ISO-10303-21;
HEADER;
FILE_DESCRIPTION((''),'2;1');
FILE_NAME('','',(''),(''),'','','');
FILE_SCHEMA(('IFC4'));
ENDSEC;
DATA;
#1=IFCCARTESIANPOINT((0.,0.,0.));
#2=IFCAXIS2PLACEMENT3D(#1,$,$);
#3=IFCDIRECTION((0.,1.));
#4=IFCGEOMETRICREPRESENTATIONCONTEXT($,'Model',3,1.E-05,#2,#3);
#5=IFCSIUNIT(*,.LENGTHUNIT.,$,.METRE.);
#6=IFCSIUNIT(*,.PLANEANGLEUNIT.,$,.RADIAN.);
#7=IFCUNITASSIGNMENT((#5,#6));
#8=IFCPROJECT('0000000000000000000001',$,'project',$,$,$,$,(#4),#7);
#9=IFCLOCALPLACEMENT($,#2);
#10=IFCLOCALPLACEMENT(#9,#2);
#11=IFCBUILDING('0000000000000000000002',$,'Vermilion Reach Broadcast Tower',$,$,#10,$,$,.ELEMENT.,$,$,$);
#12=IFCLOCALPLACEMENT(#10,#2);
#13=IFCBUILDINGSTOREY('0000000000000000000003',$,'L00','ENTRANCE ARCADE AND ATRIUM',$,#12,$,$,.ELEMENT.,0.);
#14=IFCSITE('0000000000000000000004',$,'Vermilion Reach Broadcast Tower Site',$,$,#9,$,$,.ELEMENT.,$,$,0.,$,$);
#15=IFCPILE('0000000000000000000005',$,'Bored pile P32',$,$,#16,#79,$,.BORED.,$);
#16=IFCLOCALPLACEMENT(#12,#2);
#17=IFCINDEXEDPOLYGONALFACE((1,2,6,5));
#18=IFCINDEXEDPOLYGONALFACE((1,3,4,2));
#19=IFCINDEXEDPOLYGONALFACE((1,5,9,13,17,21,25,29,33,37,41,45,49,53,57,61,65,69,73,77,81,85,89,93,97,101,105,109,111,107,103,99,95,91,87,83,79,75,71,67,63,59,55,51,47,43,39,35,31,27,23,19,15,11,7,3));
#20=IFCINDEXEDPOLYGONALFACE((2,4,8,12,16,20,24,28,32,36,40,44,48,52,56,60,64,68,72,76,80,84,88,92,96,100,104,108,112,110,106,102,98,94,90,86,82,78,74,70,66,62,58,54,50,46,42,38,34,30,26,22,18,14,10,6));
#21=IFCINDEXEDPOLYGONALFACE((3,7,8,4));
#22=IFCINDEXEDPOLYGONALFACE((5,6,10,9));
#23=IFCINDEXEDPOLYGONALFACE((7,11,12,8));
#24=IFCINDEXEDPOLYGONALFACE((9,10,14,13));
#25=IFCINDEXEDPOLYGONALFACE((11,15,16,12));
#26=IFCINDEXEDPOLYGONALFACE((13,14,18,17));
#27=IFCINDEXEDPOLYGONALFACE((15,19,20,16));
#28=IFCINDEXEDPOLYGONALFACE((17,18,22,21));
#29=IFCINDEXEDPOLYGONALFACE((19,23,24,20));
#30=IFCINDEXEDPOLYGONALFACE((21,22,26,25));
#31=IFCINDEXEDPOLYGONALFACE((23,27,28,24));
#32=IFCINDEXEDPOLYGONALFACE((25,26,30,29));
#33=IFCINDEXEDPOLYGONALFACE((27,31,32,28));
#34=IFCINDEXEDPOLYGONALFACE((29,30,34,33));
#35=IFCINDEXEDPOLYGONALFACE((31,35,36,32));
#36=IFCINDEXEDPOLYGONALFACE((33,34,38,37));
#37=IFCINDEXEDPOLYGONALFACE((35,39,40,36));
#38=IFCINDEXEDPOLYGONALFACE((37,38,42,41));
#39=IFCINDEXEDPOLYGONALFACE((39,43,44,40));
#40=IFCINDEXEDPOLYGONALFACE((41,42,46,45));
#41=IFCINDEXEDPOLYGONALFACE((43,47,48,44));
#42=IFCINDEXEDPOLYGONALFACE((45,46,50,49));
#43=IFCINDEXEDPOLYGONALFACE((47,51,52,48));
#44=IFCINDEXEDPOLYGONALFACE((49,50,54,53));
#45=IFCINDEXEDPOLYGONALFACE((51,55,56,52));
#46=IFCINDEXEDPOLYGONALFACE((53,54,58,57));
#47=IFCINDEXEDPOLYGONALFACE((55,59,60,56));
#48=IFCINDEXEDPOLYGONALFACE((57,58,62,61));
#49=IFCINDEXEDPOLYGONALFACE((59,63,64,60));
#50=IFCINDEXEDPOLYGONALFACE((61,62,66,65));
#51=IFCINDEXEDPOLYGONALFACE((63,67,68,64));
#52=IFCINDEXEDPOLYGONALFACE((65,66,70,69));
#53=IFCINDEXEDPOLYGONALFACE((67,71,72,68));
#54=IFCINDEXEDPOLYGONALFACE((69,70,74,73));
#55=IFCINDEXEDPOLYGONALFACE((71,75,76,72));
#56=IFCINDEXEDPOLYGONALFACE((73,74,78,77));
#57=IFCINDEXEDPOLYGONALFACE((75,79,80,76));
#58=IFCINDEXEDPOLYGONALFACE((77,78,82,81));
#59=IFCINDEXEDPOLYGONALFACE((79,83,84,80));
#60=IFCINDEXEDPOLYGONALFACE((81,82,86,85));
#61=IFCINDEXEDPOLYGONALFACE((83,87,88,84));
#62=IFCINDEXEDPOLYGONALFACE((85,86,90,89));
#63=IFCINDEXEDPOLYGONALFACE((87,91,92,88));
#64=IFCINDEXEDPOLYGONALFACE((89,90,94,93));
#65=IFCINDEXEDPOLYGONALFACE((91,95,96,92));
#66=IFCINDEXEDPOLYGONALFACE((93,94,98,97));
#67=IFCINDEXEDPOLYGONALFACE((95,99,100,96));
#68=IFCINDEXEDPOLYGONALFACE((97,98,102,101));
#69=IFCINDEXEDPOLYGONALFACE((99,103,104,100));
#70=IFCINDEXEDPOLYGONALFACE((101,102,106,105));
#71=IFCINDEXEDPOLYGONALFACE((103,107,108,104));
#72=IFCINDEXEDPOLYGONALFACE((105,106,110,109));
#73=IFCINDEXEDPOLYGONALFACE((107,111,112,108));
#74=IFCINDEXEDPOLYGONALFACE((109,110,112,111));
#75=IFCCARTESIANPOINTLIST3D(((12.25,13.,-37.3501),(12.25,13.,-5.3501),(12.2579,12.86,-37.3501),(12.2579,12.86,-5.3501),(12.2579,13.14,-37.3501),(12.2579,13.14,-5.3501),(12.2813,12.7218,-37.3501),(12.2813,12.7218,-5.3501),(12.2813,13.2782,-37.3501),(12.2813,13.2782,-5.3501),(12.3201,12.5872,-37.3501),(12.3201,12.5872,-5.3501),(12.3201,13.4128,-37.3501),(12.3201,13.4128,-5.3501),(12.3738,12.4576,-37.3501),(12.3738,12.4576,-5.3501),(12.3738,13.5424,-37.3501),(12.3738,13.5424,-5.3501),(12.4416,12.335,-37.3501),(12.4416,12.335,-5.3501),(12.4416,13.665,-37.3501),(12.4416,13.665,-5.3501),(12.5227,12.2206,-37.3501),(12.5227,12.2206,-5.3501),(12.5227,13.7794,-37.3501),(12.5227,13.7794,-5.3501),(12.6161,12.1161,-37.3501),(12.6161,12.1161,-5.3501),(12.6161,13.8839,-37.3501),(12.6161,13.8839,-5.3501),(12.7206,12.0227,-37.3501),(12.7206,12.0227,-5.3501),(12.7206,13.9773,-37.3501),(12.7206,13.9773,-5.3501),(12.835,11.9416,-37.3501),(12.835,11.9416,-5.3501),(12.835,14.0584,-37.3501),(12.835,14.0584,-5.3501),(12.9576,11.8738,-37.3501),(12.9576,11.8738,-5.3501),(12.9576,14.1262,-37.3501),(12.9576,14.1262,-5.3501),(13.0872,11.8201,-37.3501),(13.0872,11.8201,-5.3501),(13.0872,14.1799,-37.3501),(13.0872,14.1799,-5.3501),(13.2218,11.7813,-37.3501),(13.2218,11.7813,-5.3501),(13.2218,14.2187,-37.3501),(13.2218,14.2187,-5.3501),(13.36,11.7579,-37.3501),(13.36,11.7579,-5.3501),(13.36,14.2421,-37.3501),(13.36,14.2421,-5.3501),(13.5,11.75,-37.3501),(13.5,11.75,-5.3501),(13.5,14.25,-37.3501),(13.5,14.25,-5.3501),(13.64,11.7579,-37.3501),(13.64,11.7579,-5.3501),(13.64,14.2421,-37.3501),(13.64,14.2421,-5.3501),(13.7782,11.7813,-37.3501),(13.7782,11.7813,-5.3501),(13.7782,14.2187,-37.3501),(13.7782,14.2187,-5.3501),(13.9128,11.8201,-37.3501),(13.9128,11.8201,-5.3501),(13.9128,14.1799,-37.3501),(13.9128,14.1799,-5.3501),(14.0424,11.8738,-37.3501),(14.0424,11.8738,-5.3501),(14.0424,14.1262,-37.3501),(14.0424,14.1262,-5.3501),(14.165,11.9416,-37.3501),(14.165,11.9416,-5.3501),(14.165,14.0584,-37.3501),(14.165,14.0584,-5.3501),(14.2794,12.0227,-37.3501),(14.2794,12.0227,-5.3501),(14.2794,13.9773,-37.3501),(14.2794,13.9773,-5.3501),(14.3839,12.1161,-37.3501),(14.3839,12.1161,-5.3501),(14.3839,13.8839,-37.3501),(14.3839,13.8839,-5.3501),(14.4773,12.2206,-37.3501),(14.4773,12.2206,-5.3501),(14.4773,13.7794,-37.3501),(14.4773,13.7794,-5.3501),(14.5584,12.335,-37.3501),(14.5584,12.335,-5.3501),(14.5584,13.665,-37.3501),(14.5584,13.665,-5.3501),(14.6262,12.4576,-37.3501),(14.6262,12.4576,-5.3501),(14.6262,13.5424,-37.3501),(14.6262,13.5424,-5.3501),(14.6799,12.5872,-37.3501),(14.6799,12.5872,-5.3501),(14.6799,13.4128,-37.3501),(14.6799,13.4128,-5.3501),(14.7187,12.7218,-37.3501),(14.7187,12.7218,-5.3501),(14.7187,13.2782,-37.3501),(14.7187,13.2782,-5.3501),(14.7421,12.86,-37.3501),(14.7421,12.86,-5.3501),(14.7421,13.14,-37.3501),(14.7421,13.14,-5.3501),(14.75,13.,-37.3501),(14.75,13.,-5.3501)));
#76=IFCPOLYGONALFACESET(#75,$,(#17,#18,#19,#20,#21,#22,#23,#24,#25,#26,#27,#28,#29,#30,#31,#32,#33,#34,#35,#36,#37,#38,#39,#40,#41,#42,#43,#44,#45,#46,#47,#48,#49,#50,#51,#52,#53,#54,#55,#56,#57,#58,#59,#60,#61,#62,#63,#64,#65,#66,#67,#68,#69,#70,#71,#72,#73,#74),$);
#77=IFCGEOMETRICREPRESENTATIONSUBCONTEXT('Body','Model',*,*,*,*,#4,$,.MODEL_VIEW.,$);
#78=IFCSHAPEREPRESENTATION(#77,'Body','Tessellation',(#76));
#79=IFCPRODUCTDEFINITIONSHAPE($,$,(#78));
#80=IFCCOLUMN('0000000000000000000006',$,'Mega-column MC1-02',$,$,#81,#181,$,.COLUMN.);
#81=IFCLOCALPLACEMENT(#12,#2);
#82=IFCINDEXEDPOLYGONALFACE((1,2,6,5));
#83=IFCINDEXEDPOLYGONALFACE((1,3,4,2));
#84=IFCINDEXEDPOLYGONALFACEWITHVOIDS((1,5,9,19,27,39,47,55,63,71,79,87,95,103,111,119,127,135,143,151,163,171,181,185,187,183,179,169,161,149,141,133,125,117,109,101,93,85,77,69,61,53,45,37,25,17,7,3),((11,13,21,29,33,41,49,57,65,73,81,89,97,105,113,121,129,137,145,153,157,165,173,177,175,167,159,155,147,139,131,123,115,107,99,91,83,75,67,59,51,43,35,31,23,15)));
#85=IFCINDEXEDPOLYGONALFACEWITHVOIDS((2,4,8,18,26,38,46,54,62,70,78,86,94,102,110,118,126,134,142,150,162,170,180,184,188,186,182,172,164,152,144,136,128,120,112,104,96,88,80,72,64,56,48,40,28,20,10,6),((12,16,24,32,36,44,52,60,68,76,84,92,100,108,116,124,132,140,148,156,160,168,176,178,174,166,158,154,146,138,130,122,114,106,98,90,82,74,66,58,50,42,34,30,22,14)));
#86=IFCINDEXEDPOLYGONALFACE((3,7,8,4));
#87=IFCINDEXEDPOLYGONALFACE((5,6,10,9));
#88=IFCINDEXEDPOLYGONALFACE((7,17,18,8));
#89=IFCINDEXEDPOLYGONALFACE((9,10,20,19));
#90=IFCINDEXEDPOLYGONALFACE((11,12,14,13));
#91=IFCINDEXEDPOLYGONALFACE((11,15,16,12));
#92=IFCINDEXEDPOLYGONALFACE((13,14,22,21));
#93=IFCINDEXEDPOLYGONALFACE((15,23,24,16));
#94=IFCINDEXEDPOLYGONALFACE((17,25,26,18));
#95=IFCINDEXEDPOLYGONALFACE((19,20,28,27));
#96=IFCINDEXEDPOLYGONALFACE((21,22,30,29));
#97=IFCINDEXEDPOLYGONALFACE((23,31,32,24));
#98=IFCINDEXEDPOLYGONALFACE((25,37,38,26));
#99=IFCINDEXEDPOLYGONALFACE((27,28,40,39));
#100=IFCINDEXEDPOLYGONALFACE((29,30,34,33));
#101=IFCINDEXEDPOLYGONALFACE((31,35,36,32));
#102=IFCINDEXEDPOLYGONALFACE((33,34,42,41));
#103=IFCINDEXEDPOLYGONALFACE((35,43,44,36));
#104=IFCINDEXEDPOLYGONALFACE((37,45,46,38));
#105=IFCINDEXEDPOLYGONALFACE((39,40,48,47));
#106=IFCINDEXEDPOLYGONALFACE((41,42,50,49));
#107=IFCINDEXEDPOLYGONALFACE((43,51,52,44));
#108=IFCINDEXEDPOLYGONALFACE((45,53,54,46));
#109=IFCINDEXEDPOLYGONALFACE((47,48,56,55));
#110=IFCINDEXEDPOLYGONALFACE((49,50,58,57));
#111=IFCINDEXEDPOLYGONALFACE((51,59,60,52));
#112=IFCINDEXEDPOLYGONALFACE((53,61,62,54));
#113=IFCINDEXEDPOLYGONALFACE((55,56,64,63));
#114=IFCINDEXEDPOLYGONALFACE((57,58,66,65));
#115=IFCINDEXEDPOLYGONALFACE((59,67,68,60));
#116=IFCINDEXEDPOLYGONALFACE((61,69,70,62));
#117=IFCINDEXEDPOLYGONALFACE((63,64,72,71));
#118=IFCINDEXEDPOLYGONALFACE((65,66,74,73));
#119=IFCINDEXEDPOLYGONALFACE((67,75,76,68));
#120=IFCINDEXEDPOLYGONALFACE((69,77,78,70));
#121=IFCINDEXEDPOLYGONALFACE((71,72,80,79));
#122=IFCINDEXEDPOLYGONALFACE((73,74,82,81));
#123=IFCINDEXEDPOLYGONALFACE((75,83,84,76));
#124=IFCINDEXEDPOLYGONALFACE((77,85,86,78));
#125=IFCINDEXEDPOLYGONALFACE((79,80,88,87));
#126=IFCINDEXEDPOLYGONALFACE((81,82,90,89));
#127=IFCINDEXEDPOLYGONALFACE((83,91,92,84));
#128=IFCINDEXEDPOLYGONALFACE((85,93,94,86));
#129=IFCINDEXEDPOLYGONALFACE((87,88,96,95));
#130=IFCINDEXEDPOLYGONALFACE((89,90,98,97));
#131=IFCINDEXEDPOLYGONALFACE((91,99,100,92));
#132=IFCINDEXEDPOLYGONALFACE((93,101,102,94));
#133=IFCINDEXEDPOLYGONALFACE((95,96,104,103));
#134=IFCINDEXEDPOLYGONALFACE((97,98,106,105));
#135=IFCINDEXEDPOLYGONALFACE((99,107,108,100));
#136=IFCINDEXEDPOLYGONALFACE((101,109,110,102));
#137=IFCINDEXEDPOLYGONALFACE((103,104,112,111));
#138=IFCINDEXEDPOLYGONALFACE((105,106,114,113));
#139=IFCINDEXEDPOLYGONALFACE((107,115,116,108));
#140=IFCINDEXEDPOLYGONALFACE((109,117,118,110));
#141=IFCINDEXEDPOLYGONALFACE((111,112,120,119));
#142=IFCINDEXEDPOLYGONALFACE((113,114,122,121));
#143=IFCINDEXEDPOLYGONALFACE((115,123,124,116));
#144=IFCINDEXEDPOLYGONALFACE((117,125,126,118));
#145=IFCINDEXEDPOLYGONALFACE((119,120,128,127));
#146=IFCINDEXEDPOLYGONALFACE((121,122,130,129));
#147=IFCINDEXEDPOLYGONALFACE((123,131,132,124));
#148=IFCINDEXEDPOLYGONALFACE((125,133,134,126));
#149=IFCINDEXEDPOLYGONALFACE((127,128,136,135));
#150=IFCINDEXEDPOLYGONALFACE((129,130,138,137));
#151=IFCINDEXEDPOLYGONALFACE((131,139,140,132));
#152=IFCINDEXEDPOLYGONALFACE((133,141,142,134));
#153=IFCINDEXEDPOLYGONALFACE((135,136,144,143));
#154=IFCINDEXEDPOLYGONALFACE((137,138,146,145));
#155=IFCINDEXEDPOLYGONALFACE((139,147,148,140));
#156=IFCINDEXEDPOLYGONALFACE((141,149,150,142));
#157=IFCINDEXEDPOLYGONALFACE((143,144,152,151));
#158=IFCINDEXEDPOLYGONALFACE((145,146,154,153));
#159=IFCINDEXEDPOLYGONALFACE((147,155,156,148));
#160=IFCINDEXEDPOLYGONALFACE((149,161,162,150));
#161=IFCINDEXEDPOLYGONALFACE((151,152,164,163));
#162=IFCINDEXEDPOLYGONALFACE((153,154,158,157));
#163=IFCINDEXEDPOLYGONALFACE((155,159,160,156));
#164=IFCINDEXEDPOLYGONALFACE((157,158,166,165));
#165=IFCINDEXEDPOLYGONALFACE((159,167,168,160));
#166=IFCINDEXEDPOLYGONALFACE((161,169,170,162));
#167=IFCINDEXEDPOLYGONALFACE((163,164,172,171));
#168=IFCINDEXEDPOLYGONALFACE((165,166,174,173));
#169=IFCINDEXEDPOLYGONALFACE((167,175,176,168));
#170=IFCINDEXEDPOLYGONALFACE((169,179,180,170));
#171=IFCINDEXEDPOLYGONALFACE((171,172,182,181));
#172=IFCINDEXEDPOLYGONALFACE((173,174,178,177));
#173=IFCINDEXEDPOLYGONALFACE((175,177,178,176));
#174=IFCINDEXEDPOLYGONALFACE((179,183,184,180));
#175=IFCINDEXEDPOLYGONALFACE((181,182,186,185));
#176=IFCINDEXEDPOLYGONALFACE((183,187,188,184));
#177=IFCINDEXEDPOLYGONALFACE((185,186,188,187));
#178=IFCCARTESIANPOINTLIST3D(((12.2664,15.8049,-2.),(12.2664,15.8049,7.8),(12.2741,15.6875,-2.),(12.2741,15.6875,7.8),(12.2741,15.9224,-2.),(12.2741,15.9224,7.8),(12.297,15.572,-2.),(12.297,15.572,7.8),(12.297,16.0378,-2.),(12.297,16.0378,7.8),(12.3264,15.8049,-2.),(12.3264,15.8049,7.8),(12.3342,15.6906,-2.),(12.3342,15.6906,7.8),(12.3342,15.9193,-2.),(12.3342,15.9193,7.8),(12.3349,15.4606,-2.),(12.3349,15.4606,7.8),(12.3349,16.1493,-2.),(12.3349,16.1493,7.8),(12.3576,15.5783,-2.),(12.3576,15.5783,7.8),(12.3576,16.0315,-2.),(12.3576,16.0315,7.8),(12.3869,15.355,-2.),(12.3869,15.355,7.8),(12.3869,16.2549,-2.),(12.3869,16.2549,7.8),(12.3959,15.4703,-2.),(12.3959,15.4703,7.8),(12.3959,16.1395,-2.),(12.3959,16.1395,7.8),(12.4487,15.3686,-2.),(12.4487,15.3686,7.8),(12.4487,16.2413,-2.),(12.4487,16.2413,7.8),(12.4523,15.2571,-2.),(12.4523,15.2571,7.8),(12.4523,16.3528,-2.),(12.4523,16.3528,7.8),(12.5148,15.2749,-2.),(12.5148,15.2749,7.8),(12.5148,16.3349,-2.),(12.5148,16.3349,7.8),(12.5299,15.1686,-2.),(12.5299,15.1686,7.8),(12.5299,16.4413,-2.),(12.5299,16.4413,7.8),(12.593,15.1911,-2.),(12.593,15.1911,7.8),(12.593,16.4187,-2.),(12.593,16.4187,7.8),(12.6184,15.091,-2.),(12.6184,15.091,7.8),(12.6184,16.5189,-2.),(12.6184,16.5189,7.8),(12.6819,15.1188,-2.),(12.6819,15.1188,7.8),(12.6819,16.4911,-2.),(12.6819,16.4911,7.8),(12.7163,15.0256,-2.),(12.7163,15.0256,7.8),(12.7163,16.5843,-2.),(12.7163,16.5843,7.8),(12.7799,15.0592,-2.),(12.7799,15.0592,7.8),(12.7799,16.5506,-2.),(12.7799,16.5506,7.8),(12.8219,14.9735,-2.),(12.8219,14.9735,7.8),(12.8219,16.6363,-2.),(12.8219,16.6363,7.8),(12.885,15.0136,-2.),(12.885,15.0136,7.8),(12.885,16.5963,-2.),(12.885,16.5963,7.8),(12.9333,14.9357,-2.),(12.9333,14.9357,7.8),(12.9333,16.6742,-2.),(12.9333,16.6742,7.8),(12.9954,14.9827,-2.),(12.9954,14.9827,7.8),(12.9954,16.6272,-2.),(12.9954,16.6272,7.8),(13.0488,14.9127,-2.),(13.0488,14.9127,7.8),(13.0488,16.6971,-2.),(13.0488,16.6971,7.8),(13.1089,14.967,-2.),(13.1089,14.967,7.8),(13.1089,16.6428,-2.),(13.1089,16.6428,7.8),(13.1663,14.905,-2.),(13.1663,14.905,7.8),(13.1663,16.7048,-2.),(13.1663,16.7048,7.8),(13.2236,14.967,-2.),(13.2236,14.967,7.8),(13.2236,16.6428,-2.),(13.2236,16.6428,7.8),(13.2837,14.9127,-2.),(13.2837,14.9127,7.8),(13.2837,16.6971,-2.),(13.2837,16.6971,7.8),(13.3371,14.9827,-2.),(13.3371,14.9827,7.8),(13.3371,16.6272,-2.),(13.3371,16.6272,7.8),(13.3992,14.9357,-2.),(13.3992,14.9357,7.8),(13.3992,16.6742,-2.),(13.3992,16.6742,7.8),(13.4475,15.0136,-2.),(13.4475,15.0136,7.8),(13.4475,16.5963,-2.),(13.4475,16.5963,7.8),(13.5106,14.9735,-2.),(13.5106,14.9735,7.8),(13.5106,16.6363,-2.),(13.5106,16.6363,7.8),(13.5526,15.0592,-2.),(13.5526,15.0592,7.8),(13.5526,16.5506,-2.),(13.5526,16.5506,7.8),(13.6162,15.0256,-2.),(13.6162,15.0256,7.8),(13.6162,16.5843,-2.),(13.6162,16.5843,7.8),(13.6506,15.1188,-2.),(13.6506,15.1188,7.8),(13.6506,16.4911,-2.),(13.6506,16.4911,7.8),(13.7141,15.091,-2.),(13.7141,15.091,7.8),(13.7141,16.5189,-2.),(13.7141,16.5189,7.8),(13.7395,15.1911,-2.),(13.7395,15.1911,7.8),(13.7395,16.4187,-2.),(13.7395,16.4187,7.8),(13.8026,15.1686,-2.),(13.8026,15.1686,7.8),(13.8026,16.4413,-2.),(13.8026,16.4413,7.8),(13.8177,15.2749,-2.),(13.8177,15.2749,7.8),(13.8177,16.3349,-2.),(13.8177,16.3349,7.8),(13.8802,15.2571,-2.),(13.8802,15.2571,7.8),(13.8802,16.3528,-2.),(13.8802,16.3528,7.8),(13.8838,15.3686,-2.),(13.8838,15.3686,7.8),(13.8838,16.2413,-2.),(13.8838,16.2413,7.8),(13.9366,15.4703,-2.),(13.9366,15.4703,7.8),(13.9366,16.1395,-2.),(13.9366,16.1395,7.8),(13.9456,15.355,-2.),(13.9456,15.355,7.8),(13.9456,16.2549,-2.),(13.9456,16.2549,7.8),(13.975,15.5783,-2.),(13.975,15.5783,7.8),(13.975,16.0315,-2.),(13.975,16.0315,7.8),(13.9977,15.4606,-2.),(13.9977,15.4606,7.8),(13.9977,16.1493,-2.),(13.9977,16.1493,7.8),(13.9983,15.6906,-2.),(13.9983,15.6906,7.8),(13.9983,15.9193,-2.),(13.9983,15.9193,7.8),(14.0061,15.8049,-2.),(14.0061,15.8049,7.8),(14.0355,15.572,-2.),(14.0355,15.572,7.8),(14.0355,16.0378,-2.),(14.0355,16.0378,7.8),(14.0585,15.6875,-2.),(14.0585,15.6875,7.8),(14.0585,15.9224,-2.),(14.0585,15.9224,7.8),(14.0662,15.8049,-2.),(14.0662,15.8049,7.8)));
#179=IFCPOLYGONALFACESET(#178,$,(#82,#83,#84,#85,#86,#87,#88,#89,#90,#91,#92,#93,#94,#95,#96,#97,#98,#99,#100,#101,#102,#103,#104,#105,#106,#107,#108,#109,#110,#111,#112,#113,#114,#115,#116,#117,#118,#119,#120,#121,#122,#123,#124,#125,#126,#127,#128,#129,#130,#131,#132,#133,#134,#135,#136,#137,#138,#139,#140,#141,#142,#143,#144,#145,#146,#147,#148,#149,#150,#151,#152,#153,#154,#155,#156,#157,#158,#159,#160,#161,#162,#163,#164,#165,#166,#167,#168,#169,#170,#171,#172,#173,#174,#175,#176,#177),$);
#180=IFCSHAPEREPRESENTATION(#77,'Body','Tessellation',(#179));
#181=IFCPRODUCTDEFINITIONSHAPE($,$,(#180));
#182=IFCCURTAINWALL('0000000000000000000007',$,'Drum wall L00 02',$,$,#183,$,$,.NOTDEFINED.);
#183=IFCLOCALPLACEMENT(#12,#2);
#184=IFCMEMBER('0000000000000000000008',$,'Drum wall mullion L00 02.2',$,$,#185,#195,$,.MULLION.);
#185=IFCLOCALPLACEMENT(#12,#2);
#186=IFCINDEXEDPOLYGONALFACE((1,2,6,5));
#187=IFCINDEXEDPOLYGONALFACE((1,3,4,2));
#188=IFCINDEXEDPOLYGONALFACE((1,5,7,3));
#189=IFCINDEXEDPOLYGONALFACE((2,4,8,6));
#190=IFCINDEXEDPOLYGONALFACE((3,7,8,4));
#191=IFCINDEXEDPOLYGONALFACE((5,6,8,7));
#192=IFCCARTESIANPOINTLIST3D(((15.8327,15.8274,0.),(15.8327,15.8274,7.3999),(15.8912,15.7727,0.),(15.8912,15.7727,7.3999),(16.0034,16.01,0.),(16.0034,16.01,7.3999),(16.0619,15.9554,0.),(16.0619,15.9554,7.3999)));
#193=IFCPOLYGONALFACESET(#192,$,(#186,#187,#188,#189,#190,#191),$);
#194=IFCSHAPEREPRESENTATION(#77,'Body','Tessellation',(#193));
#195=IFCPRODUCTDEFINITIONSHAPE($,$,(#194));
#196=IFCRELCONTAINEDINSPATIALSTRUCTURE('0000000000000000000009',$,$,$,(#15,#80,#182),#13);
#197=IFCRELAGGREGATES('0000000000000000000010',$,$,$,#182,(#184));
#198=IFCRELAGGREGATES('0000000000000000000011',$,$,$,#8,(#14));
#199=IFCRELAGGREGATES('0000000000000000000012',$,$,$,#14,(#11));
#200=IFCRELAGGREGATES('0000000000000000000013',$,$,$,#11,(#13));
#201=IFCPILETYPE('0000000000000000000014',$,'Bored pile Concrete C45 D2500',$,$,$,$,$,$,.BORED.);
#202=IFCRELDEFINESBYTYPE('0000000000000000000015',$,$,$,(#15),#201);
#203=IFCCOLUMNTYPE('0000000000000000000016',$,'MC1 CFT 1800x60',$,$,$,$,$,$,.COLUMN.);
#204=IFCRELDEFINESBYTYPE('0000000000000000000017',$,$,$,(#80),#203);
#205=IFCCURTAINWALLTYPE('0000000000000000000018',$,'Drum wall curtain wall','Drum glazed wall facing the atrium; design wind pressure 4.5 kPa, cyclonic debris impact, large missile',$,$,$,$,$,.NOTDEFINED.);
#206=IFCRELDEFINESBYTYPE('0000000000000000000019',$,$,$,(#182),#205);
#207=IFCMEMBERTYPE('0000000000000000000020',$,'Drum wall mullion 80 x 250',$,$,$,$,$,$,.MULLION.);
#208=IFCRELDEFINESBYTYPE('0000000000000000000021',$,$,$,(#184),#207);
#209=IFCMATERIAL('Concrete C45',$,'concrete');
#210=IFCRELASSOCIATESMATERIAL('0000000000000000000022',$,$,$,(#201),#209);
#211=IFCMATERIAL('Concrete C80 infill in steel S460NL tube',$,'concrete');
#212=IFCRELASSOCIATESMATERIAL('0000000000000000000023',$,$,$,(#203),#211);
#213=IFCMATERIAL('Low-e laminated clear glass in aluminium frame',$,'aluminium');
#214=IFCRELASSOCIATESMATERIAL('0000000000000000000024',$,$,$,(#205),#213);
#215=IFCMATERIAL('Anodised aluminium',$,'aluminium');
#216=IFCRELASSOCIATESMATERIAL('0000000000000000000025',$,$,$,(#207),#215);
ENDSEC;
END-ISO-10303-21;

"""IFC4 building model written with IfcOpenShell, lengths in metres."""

from ifc_helpers import new_model, si_unit, direction, frame, origin, origin_2d, place, context, subcontext, project, spatial, rectangle, circle, hollow_circle, extrude, material, material_profile, profile_set, type_object, element, aggregate, save


model = new_model("IFC4")

# Units and contexts
model_context = context("Model", 3, precision=1e-05, world=origin(), true_north=direction((0.0, 1.0)))
body_context = subcontext(model_context, "Body", "Model", "MODEL_VIEW")
ifc_project = project(units=[si_unit("LENGTHUNIT", "METRE"), si_unit("PLANEANGLEUNIT", "RADIAN")], contexts=[model_context])

# Site, building, storey
site_placement = place(None, origin())
site = spatial("IfcSite", under=ifc_project, at=site_placement, Name="Vermilion Reach Broadcast Tower Site", CompositionType="ELEMENT", RefElevation=0.0)
building_placement = place(site_placement, origin())
building = spatial("IfcBuilding", under=site, at=building_placement, Name="Vermilion Reach Broadcast Tower", CompositionType="ELEMENT")
storey_placement = place(building_placement, origin())
storey = spatial("IfcBuildingStorey", under=building, at=storey_placement, Name="L00", Description="ENTRANCE ARCADE AND ATRIUM", CompositionType="ELEMENT", Elevation=0.0)

# Pile
ifc_material_1 = material(Name="Concrete C45", Category="concrete")
ifc_material_profile_1 = material_profile(ifc_material_1, circle(Radius=1.25, at=origin_2d()), Name="Concrete C45 D2500")
ifc_profile_set_1 = profile_set([ifc_material_profile_1], Name="Concrete C45")
pile_type = type_object("IfcPileType", Name="Bored pile Concrete C45 D2500", PredefinedType="BORED", material=ifc_profile_set_1)
pile_placement = place(storey_placement, frame((13.5, 13.0, -5.3501), z_axis=(0.0, 0.0, -1.0), x_axis=(1.0, 0.0, 0.0)))
element("IfcPile", 1, at=pile_placement, inside=storey, type_object=pile_type, Name="Bored pile P32", PredefinedType="BORED", context=body_context, shape_type="SweptSolid", body=[
    extrude(circle(Radius=1.25, at=origin_2d()), origin(), (0.0, 0.0, 1.0), 32.0),
])

# Column
ifc_material_2 = material(Name="Concrete C80 infill in steel S460NL tube", Category="concrete")
ifc_material_profile_2 = material_profile(ifc_material_2, hollow_circle(Radius=0.8999, WallThickness=0.0601, at=origin_2d()), Name="Concrete C80 infill in steel S460NL tube CFT 1800x60")
ifc_profile_set_2 = profile_set([ifc_material_profile_2], Name="Concrete C80 infill in steel S460NL tube")
column_type = type_object("IfcColumnType", Name="MC1 CFT 1800x60", PredefinedType="COLUMN", material=ifc_profile_set_2)
column_placement = place(storey_placement, frame((13.1663, 15.8049, -2.0), z_axis=(0.0, 0.0, 1.0), x_axis=(1.0, 0.0, 0.0)))
element("IfcColumn", 2, at=column_placement, inside=storey, type_object=column_type, Name="Mega-column MC1-02", PredefinedType="COLUMN", context=body_context, shape_type="SweptSolid", body=[
    extrude(hollow_circle(Radius=0.8999, WallThickness=0.0601, at=origin_2d()), origin(), (0.0, 0.0, 1.0), 9.8),
])

# Curtain wall, member
ifc_material_3 = material(Name="Low-e laminated clear glass in aluminium frame", Category="aluminium")
curtain_wall_type = type_object("IfcCurtainWallType", Name="Drum wall curtain wall", Description="Drum glazed wall facing the atrium; design wind pressure 4.5 kPa, cyclonic debris impact, large missile", PredefinedType="NOTDEFINED", material=ifc_material_3)
placement = place(storey_placement, origin())
curtain_wall_1 = element("IfcCurtainWall", 3, at=placement, inside=storey, type_object=curtain_wall_type, Name="Drum wall L00 02", PredefinedType="NOTDEFINED")
ifc_material_4 = material(Name="Anodised aluminium", Category="aluminium")
ifc_material_profile_3 = material_profile(ifc_material_4, rectangle(XDim=0.25, YDim=0.0801, at=origin_2d()), Name="Drum wall mullion 80 x 250")
ifc_profile_set_3 = profile_set([ifc_material_profile_3], Name="Anodised aluminium")
member_type_1 = type_object("IfcMemberType", Name="Drum wall mullion 80 x 250", PredefinedType="MULLION", material=ifc_profile_set_3)
member_1_placement = place(storey_placement, frame((15.9473, 15.8914, 0.0), z_axis=(0.0, 0.0, 1.0), x_axis=(0.682748, 0.730654, 0.0)))
member_1 = element("IfcMember", 4, at=member_1_placement, type_object=member_type_1, Name="Drum wall mullion L00 02.2", PredefinedType="MULLION", context=body_context, shape_type="SweptSolid", body=[
    extrude(rectangle(XDim=0.25, YDim=0.0801, at=origin_2d()), origin(), (0.0, 0.0, 1.0), 7.3999),
])

aggregate(curtain_wall_1, [member_1])

save(model, "model.ifc")
